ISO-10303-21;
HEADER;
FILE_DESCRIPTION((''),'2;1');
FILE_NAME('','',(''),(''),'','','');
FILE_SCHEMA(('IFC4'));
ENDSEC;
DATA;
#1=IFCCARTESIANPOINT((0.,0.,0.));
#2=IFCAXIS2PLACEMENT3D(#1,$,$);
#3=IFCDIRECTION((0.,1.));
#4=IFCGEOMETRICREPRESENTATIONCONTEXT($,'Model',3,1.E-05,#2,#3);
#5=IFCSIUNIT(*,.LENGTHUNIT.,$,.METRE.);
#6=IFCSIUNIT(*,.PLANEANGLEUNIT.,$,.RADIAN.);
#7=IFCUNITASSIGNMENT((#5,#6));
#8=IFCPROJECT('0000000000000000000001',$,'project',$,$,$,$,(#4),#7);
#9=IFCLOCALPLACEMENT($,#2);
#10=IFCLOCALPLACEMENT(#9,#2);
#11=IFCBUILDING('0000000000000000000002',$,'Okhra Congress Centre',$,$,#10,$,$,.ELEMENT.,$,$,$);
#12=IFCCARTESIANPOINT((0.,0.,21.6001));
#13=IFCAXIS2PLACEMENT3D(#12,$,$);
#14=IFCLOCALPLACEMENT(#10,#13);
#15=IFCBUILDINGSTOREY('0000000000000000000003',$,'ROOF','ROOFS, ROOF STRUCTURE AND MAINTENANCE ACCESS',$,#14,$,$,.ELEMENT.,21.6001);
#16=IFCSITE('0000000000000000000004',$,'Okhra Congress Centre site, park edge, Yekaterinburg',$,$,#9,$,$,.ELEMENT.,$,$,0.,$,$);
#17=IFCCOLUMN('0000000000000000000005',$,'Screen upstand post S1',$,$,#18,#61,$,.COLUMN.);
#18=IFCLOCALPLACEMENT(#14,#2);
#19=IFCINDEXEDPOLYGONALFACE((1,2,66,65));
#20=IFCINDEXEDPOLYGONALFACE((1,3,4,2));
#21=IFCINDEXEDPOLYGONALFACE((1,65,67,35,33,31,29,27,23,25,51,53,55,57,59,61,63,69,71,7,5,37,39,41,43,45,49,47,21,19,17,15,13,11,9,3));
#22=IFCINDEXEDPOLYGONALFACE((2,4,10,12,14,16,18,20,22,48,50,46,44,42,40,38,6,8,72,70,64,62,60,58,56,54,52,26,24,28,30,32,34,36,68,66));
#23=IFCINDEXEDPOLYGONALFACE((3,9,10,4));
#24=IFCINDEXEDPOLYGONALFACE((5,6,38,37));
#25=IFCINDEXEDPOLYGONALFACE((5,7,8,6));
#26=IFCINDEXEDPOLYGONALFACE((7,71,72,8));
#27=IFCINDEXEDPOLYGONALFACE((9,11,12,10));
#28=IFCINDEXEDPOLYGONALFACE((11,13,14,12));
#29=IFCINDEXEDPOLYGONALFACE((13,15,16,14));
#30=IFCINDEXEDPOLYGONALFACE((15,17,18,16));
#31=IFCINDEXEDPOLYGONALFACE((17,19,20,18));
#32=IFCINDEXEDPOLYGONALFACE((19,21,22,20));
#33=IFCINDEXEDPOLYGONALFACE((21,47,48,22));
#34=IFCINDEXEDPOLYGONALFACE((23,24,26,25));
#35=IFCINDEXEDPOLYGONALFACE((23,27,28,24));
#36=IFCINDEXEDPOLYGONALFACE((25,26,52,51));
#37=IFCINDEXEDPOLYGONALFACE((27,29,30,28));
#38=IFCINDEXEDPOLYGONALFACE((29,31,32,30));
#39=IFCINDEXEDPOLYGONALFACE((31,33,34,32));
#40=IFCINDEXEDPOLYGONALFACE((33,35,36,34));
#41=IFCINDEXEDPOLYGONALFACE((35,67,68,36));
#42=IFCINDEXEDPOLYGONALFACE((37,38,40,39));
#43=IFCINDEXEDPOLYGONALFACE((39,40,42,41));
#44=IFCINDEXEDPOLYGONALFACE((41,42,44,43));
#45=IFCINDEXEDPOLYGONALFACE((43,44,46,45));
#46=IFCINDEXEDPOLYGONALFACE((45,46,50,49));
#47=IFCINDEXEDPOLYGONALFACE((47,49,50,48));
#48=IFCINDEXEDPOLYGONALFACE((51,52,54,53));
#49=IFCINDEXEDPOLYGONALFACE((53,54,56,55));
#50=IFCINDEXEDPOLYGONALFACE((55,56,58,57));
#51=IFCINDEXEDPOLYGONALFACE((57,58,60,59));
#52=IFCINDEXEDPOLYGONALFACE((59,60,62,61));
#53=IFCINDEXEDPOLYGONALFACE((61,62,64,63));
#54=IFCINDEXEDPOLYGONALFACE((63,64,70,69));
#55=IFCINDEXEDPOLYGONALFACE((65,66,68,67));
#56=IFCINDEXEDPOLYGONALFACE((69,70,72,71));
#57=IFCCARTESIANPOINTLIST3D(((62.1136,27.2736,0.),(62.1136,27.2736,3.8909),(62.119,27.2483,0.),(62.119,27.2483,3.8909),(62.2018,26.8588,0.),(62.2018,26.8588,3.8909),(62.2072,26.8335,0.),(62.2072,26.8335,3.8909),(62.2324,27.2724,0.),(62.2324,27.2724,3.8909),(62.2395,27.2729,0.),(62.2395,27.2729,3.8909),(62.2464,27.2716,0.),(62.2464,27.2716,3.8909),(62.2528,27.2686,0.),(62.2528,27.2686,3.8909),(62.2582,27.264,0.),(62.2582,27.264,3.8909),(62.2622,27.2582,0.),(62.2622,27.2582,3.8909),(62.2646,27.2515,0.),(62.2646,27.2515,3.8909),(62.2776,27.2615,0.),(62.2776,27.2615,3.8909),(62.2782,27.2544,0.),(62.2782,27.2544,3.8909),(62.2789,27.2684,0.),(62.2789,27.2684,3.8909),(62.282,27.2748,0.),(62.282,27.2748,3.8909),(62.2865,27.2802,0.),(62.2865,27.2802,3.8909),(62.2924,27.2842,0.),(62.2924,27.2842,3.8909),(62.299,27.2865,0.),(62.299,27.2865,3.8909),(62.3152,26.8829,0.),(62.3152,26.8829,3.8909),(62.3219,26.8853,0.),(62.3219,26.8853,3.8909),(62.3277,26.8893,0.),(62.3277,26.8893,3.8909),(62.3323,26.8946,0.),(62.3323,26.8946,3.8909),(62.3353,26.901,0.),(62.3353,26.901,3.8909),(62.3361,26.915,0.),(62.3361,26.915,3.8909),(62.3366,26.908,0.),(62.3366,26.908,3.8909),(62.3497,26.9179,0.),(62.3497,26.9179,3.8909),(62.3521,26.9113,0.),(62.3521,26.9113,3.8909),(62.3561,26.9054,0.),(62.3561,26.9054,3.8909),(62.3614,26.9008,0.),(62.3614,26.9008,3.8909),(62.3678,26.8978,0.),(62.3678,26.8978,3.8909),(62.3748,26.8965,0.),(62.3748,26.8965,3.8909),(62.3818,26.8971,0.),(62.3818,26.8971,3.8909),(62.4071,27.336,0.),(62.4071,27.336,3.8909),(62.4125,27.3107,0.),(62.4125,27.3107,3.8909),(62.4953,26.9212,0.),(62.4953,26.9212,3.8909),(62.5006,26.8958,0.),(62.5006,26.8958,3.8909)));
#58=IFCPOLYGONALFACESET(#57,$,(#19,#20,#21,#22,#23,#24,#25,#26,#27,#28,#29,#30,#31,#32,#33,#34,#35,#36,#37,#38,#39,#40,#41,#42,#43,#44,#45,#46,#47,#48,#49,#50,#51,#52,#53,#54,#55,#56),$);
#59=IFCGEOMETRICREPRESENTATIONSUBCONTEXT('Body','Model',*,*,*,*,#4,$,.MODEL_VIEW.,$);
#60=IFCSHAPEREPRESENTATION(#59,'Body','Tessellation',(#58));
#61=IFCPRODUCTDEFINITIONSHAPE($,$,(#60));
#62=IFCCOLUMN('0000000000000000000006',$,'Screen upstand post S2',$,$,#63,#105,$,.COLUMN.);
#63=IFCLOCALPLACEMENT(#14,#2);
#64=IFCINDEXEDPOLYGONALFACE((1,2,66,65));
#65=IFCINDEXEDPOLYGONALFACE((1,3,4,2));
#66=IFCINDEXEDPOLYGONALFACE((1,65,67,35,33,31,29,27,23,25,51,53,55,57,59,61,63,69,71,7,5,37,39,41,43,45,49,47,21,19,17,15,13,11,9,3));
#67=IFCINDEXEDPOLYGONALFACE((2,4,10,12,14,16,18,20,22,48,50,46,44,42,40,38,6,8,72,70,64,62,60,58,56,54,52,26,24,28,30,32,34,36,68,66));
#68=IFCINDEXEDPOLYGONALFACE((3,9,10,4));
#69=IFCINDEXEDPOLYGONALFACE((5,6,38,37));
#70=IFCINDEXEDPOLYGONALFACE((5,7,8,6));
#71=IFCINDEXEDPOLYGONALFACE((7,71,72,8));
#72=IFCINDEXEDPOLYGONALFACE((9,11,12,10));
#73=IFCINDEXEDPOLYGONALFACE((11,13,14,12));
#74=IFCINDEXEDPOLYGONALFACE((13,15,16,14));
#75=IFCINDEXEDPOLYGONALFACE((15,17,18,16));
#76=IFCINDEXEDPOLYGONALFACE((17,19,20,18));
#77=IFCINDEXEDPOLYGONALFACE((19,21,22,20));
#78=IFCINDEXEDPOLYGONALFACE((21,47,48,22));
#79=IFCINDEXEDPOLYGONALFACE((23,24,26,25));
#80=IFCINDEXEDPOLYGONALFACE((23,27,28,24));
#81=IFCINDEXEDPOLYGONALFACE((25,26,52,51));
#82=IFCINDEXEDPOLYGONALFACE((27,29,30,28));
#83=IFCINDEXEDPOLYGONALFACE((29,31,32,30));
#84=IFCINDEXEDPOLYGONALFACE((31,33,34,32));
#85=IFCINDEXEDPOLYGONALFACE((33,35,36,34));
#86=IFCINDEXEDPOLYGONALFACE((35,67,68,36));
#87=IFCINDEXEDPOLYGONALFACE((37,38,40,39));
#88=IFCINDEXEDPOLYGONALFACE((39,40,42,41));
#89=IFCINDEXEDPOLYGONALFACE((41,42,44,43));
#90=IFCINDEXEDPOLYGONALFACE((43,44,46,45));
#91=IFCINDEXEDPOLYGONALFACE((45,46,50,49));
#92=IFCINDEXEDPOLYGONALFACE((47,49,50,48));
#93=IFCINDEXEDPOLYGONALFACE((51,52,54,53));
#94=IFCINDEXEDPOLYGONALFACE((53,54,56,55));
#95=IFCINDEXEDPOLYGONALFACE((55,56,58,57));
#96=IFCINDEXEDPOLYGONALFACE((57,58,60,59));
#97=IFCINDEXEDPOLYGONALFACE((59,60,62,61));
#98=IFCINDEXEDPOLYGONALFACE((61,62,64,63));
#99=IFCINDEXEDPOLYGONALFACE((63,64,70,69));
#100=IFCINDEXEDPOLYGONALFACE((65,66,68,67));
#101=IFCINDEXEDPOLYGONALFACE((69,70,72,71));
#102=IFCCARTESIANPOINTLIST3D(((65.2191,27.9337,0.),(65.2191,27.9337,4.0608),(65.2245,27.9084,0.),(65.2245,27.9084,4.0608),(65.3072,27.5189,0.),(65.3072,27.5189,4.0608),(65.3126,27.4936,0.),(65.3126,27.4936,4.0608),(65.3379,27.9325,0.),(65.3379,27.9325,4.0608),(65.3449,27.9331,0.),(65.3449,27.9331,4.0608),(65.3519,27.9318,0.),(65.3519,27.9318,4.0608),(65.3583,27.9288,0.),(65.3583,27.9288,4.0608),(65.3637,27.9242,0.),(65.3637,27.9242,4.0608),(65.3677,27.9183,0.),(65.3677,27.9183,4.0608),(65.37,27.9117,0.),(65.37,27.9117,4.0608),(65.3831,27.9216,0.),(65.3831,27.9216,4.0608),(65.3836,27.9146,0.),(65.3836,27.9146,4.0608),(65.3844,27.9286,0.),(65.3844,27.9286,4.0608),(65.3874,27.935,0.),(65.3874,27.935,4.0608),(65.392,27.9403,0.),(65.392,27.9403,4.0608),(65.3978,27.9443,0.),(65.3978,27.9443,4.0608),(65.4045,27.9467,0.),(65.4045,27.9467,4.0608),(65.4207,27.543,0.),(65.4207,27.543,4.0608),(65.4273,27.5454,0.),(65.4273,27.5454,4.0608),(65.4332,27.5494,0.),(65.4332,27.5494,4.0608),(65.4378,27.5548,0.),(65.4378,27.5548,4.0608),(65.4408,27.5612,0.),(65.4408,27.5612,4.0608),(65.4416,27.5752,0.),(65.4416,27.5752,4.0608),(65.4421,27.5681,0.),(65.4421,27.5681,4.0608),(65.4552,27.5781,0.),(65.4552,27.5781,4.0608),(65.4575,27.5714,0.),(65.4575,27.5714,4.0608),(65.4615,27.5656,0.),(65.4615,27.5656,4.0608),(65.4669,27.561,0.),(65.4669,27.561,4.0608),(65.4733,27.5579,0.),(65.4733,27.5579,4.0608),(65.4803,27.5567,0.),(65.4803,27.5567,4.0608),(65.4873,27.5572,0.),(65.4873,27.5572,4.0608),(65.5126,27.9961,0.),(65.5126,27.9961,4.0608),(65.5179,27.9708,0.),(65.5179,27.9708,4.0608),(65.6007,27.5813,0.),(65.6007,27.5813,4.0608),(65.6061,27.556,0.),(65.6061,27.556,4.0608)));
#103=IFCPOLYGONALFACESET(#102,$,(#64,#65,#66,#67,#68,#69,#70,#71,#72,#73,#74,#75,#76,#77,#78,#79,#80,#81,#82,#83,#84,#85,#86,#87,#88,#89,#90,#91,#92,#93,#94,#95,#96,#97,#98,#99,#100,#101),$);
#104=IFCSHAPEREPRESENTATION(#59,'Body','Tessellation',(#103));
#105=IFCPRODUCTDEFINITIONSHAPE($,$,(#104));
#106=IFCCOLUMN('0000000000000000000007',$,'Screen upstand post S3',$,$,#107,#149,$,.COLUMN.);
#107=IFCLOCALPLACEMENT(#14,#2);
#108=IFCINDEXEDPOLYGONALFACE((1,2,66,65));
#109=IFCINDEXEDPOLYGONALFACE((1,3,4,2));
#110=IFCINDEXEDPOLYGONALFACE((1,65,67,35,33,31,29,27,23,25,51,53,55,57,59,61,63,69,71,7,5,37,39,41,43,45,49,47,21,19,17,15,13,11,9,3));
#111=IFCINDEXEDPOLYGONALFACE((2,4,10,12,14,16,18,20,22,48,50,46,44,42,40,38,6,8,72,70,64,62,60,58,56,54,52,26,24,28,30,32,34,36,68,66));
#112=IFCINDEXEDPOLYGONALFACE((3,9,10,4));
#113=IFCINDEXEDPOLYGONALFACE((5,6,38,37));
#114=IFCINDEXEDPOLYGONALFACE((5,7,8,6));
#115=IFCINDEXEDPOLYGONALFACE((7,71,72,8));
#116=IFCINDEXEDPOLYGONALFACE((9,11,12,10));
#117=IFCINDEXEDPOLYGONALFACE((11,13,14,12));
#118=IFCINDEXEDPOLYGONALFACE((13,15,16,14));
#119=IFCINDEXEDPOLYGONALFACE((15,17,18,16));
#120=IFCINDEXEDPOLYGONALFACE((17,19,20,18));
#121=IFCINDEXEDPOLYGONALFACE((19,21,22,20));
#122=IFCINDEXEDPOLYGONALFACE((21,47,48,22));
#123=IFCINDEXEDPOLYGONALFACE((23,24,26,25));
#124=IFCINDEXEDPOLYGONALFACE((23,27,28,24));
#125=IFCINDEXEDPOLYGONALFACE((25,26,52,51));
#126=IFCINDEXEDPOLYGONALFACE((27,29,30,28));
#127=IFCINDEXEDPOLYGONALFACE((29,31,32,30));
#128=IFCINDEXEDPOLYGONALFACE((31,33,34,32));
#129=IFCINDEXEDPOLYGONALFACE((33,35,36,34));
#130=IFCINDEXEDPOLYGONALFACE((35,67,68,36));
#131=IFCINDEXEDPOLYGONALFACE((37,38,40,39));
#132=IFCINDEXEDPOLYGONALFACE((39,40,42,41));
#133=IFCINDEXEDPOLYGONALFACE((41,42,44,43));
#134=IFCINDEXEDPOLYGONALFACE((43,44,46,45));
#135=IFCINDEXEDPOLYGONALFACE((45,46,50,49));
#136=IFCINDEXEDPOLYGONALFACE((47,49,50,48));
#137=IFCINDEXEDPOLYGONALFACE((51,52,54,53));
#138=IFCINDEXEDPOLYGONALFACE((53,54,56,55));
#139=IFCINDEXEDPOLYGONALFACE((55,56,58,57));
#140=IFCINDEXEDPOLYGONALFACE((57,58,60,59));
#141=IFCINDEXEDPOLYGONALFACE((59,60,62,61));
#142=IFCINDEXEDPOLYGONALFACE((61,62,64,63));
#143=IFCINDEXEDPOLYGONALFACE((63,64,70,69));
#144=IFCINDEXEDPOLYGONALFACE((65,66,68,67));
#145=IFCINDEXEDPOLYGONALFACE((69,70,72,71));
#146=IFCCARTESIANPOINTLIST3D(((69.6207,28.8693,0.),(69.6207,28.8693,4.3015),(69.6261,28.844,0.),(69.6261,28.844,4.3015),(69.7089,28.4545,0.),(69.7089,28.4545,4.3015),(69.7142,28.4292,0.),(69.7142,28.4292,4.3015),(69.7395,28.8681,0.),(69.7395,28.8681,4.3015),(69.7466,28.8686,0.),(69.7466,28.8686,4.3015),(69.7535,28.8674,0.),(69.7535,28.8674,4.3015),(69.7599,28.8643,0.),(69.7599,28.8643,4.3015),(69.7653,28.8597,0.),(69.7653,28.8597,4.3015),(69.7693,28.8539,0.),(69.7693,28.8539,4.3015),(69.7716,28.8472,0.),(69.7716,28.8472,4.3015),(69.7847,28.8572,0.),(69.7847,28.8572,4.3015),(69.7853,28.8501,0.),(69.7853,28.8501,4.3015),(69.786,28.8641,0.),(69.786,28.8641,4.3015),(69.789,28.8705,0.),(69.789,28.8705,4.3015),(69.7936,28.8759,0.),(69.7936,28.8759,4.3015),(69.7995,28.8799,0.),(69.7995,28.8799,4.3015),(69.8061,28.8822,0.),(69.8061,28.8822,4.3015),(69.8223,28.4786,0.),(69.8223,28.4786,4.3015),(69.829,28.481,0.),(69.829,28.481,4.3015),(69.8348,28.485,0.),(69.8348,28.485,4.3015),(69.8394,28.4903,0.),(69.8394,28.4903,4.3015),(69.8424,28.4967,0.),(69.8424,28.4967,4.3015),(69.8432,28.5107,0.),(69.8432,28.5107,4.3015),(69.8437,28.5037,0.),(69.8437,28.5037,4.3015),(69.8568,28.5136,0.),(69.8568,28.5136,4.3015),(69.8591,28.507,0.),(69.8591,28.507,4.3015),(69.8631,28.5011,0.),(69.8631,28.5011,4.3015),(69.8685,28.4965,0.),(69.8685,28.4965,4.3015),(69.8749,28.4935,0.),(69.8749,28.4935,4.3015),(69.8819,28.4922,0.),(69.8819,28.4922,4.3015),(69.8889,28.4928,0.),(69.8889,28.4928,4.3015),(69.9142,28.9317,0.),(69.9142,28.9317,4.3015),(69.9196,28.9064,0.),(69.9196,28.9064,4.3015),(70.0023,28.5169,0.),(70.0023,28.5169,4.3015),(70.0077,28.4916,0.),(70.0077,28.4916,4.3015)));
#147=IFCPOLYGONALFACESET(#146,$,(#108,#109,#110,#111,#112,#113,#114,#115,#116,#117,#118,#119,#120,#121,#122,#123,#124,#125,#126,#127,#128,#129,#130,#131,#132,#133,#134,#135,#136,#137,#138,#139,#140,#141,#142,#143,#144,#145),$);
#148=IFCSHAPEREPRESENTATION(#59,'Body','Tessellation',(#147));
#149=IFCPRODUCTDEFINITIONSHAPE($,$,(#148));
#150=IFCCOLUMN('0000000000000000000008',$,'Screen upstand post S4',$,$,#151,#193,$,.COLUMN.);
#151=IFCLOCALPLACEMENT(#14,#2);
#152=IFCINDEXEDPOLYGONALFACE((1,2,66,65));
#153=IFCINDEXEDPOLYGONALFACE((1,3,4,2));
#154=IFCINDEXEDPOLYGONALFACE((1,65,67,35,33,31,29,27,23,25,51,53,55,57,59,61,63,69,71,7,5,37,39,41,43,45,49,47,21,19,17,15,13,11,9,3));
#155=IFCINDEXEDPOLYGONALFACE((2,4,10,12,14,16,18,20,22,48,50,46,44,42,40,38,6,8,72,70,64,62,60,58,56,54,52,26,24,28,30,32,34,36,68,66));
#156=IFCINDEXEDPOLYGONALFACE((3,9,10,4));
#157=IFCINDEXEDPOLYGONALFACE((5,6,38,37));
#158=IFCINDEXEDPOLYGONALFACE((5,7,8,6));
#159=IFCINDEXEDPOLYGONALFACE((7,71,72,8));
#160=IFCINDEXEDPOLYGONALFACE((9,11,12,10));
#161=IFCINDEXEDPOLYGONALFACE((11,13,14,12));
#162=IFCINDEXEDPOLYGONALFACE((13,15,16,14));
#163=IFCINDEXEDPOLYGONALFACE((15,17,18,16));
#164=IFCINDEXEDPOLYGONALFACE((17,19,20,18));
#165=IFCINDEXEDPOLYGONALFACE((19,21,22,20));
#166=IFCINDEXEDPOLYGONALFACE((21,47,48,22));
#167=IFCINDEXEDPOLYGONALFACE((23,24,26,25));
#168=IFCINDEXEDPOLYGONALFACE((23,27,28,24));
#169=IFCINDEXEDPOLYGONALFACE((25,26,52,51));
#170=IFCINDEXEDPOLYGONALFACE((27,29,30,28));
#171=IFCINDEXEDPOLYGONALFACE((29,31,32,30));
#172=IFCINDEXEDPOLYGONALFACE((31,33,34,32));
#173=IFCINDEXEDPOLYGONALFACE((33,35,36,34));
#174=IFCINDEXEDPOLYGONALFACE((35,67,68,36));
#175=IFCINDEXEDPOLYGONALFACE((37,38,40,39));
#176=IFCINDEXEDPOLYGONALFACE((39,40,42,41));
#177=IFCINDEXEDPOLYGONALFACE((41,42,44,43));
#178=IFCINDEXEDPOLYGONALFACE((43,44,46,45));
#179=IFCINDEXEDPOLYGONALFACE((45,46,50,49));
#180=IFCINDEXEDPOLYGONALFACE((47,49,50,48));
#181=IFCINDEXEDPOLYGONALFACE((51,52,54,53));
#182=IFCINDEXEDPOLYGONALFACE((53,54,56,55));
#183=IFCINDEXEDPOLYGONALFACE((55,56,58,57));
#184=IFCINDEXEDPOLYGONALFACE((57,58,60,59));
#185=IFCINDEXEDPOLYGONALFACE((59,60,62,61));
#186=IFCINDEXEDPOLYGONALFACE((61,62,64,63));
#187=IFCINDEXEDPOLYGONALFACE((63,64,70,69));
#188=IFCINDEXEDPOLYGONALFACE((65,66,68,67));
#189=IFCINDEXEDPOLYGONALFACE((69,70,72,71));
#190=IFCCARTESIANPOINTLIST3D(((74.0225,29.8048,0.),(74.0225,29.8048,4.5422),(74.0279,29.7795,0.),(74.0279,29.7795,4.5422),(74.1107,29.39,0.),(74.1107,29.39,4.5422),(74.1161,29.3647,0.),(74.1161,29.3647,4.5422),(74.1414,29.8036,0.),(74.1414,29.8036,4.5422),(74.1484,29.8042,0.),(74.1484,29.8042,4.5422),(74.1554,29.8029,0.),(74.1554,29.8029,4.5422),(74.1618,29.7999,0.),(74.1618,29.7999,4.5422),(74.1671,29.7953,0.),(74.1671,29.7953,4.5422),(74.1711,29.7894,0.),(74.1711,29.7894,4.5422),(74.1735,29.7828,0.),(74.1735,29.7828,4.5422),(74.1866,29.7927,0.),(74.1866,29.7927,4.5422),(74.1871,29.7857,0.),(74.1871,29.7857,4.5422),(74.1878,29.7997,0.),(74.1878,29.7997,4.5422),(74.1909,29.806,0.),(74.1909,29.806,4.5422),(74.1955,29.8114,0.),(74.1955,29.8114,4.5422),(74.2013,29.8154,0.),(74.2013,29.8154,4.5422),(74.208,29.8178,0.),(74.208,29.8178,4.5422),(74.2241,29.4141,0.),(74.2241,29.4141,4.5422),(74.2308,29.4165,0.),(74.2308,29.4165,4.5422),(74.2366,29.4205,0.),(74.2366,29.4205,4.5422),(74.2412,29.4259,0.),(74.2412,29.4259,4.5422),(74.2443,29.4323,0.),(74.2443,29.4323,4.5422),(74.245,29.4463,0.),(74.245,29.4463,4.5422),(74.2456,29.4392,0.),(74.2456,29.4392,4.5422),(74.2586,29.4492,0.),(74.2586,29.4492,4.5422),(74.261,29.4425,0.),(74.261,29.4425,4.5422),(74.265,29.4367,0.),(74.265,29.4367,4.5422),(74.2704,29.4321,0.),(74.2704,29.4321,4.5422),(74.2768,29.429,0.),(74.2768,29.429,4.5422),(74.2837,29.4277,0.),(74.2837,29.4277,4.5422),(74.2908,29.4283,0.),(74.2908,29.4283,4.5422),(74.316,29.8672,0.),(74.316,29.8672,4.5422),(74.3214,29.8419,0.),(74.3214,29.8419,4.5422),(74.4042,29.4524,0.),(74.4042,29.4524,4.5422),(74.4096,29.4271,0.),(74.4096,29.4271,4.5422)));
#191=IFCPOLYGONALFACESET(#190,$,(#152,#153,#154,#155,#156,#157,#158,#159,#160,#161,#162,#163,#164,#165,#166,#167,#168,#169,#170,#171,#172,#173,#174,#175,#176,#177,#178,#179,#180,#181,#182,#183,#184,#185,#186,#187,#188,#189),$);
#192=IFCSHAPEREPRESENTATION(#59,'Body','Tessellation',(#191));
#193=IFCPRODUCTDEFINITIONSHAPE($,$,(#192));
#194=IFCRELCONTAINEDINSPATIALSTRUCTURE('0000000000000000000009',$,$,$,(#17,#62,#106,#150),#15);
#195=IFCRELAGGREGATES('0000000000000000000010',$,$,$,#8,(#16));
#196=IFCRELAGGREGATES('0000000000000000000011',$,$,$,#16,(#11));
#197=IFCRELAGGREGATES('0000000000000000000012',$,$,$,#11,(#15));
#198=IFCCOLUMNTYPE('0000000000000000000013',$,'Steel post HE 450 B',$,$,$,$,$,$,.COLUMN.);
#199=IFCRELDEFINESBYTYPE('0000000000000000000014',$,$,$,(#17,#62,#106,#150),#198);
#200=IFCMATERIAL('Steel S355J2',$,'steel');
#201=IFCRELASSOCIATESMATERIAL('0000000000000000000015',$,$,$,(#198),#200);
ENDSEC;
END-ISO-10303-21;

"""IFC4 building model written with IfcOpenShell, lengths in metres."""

from ifc_helpers import new_model, si_unit, direction, frame, origin, origin_2d, place, context, subcontext, project, spatial, i_section, extrude, material, material_profile, profile_set, type_object, element, save


model = new_model("IFC4")

# Units and contexts
model_context = context("Model", 3, precision=1e-05, world=origin(), true_north=direction((0.0, 1.0)))
body_context = subcontext(model_context, "Body", "Model", "MODEL_VIEW")
ifc_project = project(units=[si_unit("LENGTHUNIT", "METRE"), si_unit("PLANEANGLEUNIT", "RADIAN")], contexts=[model_context])

# Site, building, storey
site_placement = place(None, origin())
site = spatial("IfcSite", under=ifc_project, at=site_placement, Name="Okhra Congress Centre site, park edge, Yekaterinburg", CompositionType="ELEMENT", RefElevation=0.0)
building_placement = place(site_placement, origin())
building = spatial("IfcBuilding", under=site, at=building_placement, Name="Okhra Congress Centre", CompositionType="ELEMENT")
storey_placement = place(building_placement, frame((0.0, 0.0, 21.6001)))
storey = spatial("IfcBuildingStorey", under=building, at=storey_placement, Name="ROOF", Description="ROOFS, ROOF STRUCTURE AND MAINTENANCE ACCESS", CompositionType="ELEMENT", Elevation=21.6001)

# Columns
ifc_material_1 = material(Name="Steel S355J2", Category="steel")
ifc_material_profile_1 = material_profile(ifc_material_1, i_section(OverallWidth=0.3, OverallDepth=0.45, WebThickness=0.0139, FlangeThickness=0.0259, FilletRadius=0.0271, at=origin_2d()), Name="HE 450 B")
ifc_profile_set_1 = profile_set([ifc_material_profile_1], Name="Steel S355J2")
column_type = type_object("IfcColumnType", Name="Steel post HE 450 B", PredefinedType="COLUMN", material=ifc_profile_set_1)
column_1_placement = place(storey_placement, frame((62.3071, 27.0847, 0.0), z_axis=(0.0, 0.0, 1.0), x_axis=(0.978148, 0.207912, 0.0)))
element("IfcColumn", 1, at=column_1_placement, inside=storey, type_object=column_type, Name="Screen upstand post S1", PredefinedType="COLUMN", context=body_context, shape_type="SweptSolid", body=[
    extrude(i_section(OverallWidth=0.3, OverallDepth=0.45, WebThickness=0.0139, FlangeThickness=0.0259, FilletRadius=0.0271, at=origin_2d()), origin(), (0.0, 0.0, 1.0), 3.8909),
])
column_2_placement = place(storey_placement, frame((65.4126, 27.7449, 0.0), z_axis=(0.0, 0.0, 1.0), x_axis=(0.978148, 0.207912, 0.0)))
element("IfcColumn", 2, at=column_2_placement, inside=storey, type_object=column_type, Name="Screen upstand post S2", PredefinedType="COLUMN", context=body_context, shape_type="SweptSolid", body=[
    extrude(i_section(OverallWidth=0.3, OverallDepth=0.45, WebThickness=0.0139, FlangeThickness=0.0259, FilletRadius=0.0271, at=origin_2d()), origin(), (0.0, 0.0, 1.0), 4.0608),
])
column_3_placement = place(storey_placement, frame((69.8142, 28.6804, 0.0), z_axis=(0.0, 0.0, 1.0), x_axis=(0.978148, 0.207912, 0.0)))
element("IfcColumn", 3, at=column_3_placement, inside=storey, type_object=column_type, Name="Screen upstand post S3", PredefinedType="COLUMN", context=body_context, shape_type="SweptSolid", body=[
    extrude(i_section(OverallWidth=0.3, OverallDepth=0.45, WebThickness=0.0139, FlangeThickness=0.0259, FilletRadius=0.0271, at=origin_2d()), origin(), (0.0, 0.0, 1.0), 4.3015),
])
column_4_placement = place(storey_placement, frame((74.2161, 29.616, 0.0), z_axis=(0.0, 0.0, 1.0), x_axis=(0.978148, 0.207912, 0.0)))
element("IfcColumn", 4, at=column_4_placement, inside=storey, type_object=column_type, Name="Screen upstand post S4", PredefinedType="COLUMN", context=body_context, shape_type="SweptSolid", body=[
    extrude(i_section(OverallWidth=0.3, OverallDepth=0.45, WebThickness=0.0139, FlangeThickness=0.0259, FilletRadius=0.0271, at=origin_2d()), origin(), (0.0, 0.0, 1.0), 4.5422),
])

save(model, "model.ifc")
